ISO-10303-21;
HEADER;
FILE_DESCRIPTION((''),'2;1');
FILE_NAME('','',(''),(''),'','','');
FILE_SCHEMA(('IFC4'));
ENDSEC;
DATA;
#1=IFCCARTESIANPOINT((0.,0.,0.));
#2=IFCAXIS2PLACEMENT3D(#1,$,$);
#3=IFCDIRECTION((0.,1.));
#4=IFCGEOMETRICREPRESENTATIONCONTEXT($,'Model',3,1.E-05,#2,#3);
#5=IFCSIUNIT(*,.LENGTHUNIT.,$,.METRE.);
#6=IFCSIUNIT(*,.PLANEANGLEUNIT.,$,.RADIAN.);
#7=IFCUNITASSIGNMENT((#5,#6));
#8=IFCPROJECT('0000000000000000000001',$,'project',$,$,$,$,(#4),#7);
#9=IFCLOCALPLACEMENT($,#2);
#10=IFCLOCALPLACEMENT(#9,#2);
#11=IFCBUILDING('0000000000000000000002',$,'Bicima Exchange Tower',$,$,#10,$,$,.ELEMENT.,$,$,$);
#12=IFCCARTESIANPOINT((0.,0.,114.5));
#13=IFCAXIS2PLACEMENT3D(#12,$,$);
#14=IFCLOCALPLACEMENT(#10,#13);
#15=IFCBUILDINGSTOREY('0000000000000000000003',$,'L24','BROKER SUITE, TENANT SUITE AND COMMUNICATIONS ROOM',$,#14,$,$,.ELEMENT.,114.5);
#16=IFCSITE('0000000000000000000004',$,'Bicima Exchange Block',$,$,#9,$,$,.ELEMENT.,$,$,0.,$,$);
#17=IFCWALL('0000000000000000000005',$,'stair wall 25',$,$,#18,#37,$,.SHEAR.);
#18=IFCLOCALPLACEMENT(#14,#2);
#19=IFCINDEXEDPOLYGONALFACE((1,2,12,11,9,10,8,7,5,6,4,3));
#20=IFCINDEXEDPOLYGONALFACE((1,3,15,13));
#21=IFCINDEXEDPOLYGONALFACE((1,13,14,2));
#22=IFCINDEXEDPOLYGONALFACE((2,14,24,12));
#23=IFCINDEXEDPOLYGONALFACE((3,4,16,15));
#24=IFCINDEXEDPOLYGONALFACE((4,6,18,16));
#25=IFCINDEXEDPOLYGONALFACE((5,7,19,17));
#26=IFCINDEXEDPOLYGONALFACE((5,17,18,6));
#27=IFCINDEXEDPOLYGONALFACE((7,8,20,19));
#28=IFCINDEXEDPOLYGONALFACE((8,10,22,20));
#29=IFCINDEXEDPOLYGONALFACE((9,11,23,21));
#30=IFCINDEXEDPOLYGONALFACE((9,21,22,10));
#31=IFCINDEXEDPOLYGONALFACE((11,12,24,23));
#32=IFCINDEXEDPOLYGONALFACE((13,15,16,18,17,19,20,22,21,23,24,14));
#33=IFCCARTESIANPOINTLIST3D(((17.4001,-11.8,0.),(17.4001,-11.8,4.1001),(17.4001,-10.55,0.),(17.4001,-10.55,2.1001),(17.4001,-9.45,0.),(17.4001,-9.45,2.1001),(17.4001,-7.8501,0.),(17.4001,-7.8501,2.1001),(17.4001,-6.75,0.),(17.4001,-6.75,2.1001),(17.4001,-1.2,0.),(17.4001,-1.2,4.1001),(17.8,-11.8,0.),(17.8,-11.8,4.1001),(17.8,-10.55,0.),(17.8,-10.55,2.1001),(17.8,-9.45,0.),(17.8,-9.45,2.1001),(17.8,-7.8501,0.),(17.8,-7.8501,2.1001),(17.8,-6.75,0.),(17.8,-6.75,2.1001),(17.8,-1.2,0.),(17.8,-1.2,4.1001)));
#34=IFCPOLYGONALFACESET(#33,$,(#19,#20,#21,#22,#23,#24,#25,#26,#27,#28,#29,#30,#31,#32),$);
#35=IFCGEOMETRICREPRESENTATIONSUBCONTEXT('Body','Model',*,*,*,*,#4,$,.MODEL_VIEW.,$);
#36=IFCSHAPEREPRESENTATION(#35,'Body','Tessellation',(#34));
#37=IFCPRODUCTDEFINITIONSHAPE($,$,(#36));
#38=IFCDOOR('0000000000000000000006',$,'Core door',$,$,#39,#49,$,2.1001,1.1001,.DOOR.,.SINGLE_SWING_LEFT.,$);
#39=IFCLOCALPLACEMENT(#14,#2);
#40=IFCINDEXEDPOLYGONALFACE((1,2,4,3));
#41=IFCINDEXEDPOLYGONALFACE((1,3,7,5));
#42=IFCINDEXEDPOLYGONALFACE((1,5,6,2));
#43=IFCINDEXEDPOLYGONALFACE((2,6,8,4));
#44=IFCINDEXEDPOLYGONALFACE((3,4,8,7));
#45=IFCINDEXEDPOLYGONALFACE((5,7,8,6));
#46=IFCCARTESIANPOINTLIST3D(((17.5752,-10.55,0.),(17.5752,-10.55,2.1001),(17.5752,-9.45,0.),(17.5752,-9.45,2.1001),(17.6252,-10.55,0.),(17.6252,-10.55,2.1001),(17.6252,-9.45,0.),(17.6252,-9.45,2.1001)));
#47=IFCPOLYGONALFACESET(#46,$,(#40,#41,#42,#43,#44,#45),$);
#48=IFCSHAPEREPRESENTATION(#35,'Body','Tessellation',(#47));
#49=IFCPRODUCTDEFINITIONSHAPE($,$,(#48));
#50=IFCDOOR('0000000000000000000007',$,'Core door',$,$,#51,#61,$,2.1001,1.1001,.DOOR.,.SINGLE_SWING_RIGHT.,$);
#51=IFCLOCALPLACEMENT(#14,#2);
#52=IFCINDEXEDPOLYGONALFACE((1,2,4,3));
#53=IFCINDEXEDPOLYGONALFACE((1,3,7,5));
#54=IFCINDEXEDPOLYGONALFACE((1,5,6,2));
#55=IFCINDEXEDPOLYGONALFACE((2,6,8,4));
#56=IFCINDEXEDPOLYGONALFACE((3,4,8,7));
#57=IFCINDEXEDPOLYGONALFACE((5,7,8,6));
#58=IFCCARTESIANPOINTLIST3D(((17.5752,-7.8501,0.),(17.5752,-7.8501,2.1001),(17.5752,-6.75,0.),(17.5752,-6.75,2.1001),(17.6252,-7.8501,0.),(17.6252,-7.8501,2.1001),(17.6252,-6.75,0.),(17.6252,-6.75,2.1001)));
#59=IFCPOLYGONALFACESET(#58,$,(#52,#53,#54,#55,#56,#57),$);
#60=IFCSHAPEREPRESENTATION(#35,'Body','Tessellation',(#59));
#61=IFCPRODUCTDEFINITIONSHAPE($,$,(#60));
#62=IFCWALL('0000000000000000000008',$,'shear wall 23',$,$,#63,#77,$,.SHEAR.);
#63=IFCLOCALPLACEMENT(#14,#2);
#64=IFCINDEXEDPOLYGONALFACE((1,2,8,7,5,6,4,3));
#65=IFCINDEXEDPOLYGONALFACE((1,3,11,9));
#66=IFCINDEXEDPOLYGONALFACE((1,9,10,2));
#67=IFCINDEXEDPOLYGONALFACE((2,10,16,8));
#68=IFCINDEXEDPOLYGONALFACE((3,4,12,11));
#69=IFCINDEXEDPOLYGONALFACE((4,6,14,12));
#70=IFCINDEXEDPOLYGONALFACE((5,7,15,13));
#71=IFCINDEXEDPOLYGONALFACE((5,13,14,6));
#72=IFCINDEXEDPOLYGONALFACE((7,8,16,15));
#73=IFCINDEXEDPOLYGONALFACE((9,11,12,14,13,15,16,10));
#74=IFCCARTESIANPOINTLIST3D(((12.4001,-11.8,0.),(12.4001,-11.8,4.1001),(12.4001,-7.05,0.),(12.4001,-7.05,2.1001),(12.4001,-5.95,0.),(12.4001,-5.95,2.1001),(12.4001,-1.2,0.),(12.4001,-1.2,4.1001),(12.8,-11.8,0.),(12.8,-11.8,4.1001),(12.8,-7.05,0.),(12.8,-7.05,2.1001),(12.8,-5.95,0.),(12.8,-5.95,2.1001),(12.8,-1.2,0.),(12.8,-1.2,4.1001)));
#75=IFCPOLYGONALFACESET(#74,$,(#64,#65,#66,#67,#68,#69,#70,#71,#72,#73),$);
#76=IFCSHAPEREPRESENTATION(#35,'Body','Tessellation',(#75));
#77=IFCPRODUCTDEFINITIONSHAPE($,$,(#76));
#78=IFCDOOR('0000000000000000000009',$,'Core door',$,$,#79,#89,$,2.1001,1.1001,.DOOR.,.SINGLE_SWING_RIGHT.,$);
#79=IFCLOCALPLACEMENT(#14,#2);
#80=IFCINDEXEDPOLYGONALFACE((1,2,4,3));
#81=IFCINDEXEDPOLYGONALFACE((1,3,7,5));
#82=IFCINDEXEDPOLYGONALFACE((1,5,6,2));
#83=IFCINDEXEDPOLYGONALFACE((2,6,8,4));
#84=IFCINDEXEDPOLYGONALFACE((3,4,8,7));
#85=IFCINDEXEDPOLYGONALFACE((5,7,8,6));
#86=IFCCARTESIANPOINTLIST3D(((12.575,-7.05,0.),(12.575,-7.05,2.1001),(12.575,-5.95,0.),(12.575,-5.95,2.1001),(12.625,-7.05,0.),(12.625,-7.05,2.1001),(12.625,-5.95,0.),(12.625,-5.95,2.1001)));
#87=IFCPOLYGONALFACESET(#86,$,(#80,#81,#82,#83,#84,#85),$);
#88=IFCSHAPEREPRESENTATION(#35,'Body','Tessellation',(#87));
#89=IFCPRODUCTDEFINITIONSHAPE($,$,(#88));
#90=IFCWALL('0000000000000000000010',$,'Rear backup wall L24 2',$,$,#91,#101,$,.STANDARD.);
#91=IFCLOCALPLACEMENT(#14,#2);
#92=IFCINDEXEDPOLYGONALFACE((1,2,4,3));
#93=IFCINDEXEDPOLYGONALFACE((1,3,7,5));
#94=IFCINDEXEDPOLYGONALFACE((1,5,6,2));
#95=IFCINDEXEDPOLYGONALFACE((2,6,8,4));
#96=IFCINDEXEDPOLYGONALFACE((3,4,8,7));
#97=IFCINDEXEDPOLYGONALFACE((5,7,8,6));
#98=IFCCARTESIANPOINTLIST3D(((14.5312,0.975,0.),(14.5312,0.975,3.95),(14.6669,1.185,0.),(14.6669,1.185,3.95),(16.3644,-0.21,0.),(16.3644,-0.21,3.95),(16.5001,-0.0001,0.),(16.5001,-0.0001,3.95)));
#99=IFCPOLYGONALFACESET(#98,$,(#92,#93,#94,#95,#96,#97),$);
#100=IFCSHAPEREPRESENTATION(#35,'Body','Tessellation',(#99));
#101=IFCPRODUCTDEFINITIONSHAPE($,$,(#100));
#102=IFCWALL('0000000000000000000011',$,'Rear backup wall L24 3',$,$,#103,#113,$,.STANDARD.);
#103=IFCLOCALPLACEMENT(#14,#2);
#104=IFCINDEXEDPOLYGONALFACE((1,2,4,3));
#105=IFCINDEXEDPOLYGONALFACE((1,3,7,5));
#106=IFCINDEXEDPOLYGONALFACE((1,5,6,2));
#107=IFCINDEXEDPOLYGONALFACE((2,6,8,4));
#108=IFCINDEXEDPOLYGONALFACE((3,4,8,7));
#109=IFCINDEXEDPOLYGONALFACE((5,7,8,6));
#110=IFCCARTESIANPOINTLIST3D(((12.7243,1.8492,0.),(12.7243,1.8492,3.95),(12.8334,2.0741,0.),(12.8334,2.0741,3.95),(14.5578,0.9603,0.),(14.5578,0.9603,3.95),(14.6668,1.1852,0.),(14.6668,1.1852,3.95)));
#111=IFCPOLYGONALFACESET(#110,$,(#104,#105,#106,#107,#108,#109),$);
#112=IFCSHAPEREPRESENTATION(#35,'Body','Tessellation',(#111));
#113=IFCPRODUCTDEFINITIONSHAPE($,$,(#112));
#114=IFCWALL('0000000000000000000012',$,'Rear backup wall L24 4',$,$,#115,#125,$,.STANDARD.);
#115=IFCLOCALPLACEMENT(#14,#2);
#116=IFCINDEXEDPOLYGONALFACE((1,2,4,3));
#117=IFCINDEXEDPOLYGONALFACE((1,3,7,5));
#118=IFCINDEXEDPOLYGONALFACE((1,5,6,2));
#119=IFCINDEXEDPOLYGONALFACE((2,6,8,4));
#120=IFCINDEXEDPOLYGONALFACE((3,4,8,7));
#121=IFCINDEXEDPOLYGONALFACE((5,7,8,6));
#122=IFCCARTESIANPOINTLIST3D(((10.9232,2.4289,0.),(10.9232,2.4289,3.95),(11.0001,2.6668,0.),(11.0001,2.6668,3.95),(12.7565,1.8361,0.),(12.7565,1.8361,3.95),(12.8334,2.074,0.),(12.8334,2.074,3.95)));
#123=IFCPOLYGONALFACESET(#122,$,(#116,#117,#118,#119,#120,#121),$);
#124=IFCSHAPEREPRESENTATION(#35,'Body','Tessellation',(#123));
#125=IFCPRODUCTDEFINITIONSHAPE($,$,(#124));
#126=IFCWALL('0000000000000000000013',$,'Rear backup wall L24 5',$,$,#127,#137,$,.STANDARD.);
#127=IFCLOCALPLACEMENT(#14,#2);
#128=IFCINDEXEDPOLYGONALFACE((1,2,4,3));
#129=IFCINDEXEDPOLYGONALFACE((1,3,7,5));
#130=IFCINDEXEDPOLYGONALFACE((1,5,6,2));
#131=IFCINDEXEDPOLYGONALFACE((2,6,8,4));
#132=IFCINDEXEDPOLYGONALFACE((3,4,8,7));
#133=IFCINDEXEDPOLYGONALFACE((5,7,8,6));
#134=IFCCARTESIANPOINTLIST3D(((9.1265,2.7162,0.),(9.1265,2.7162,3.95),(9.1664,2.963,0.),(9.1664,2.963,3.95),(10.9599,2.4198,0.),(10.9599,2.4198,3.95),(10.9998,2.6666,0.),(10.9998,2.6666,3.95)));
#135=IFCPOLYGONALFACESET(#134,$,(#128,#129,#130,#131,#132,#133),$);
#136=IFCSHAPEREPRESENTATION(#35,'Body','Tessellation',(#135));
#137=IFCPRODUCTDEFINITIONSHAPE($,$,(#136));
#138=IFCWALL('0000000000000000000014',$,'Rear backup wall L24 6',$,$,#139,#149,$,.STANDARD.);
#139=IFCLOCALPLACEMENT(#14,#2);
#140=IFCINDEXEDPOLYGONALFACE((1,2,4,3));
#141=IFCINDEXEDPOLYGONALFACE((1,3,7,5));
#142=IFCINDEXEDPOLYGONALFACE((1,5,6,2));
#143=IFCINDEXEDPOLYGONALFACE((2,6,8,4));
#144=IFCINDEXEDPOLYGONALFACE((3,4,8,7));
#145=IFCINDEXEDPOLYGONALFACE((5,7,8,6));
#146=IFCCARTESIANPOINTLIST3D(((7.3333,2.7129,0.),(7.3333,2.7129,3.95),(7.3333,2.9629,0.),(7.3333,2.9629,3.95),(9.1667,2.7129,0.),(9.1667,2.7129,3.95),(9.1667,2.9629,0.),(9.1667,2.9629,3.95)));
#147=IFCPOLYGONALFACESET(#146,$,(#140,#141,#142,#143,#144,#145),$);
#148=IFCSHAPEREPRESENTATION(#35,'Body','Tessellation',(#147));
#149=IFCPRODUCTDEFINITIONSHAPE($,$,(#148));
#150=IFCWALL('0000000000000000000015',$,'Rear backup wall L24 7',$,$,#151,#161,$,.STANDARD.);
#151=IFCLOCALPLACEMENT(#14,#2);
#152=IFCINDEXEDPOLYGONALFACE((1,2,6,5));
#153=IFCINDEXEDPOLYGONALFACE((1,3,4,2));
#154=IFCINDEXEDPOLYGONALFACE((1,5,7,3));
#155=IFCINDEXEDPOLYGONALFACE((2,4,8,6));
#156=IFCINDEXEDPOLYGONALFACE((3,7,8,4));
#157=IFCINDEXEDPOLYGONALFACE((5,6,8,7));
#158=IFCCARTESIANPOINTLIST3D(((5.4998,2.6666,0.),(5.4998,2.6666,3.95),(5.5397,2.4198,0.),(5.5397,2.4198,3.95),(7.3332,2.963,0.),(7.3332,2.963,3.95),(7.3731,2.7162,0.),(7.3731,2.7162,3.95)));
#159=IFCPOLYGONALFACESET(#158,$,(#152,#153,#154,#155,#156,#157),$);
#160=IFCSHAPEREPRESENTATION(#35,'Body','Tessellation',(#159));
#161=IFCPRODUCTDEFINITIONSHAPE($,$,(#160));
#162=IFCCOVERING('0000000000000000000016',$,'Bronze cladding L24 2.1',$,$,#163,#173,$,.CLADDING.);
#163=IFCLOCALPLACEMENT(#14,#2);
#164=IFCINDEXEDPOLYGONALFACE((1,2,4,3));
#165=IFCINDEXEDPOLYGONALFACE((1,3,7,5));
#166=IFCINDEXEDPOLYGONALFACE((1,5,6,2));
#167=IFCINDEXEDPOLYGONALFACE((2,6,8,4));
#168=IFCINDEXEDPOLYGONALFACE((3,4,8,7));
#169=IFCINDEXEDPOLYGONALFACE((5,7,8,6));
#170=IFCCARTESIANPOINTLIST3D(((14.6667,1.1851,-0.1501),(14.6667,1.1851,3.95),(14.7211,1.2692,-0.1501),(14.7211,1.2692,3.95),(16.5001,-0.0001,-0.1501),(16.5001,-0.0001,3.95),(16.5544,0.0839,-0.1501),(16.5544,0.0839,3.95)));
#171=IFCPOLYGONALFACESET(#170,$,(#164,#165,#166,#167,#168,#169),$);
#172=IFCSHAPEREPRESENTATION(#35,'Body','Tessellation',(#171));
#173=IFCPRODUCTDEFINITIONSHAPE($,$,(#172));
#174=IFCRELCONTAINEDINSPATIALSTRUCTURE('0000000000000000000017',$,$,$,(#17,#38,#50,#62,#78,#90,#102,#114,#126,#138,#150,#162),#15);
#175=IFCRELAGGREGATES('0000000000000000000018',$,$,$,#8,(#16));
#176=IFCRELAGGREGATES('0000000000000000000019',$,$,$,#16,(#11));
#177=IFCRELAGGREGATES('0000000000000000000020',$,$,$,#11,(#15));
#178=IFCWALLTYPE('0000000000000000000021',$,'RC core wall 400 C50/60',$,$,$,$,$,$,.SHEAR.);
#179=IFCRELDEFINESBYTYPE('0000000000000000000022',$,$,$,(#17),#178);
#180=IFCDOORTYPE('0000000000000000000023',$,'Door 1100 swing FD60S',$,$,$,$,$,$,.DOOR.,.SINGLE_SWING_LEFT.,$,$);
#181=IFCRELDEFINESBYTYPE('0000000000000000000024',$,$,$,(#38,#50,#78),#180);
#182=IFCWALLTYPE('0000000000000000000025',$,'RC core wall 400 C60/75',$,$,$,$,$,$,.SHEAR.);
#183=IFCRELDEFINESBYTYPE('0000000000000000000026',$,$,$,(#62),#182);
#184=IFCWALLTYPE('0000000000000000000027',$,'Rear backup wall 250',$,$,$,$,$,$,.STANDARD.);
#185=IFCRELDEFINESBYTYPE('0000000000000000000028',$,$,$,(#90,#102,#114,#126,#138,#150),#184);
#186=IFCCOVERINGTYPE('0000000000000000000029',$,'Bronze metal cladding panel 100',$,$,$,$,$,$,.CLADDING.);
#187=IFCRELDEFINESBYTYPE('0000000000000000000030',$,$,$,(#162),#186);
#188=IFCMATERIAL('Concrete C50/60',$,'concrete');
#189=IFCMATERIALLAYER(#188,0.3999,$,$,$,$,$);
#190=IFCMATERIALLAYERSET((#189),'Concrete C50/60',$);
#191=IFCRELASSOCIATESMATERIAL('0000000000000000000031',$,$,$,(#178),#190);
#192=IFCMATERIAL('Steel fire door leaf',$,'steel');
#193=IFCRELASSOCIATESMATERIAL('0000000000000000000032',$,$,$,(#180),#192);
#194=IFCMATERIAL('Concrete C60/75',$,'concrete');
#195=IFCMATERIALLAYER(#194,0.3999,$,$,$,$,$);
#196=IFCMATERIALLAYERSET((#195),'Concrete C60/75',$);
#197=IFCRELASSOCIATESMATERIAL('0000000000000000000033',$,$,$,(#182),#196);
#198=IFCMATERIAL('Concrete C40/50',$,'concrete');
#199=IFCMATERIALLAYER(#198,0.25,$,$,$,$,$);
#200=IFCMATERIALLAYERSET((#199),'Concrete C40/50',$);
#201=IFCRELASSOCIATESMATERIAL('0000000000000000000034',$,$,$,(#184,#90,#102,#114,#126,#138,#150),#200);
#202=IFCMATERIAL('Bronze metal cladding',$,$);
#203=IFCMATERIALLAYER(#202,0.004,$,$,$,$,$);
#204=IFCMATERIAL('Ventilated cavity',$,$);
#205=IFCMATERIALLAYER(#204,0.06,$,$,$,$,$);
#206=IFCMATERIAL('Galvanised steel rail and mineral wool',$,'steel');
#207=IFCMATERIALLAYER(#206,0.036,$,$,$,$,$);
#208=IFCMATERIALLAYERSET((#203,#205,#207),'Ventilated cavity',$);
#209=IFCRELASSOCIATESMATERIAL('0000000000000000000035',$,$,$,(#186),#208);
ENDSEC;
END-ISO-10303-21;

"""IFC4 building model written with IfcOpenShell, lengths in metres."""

from ifc_helpers import new_model, si_unit, direction, frame, frame_2d, origin, origin_2d, place, context, subcontext, project, spatial, rectangle, extrude, material, layer, layer_set, layer_usage, type_object, element, fill, save


model = new_model("IFC4")

# Units and contexts
model_context = context("Model", 3, precision=1e-05, world=origin(), true_north=direction((0.0, 1.0)))
body_context = subcontext(model_context, "Body", "Model", "MODEL_VIEW")
ifc_project = project(units=[si_unit("LENGTHUNIT", "METRE"), si_unit("PLANEANGLEUNIT", "RADIAN")], contexts=[model_context])

# Site, building, storey
site_placement = place(None, origin())
site = spatial("IfcSite", under=ifc_project, at=site_placement, Name="Bicima Exchange Block", CompositionType="ELEMENT", RefElevation=0.0)
building_placement = place(site_placement, origin())
building = spatial("IfcBuilding", under=site, at=building_placement, Name="Bicima Exchange Tower", CompositionType="ELEMENT")
storey_placement = place(building_placement, frame((0.0, 0.0, 114.5)))
storey = spatial("IfcBuildingStorey", under=building, at=storey_placement, Name="L24", Description="BROKER SUITE, TENANT SUITE AND COMMUNICATIONS ROOM", CompositionType="ELEMENT", Elevation=114.5)

# Wall, openings, doors
ifc_material_1 = material(Name="Concrete C50/60", Category="concrete")
ifc_layer_1 = layer(ifc_material_1, 0.3999)
ifc_layer_set_1 = layer_set([ifc_layer_1], Name="Concrete C50/60")
wall_type_1 = type_object("IfcWallType", Name="RC core wall 400 C50/60", PredefinedType="SHEAR", material=ifc_layer_set_1)
wall_1_placement = place(storey_placement, frame((17.6001, -11.8, 0.0), z_axis=(0.0, 0.0, 1.0), x_axis=(0.0, 1.0, 0.0)))
wall_1 = element("IfcWall", 1, at=wall_1_placement, inside=storey, type_object=wall_type_1, Name="stair wall 25", PredefinedType="SHEAR", context=body_context, shape_type="SweptSolid", body=[
    extrude(rectangle(XDim=10.6001, YDim=0.3999, at=frame_2d((5.3, 0.0))), origin(), (0.0, 0.0, 1.0), 4.1001),
])
opening_1_placement = place(wall_1_placement, frame((1.25, 0.0, 0.0)))
opening_1 = element("IfcOpeningElement", 2, at=opening_1_placement, cuts=wall_1, PredefinedType="OPENING", context=body_context, shape_type="SweptSolid", body=[
    extrude(rectangle(XDim=1.1001, YDim=2.1001, at=frame_2d((0.55, 1.05))), frame((0.0, 0.2119, 0.0), z_axis=(0.0, -1.0, 0.0), x_axis=(1.0, 0.0, 0.0)), (0.0, 0.0, 1.0), 0.4238),
])
opening_2_placement = place(wall_1_placement, frame((3.95, 0.0, 0.0)))
opening_2 = element("IfcOpeningElement", 3, at=opening_2_placement, cuts=wall_1, PredefinedType="OPENING", context=body_context, shape_type="SweptSolid", body=[
    extrude(rectangle(XDim=1.1001, YDim=2.1001, at=frame_2d((0.55, 1.05))), frame((0.0, 0.2119, 0.0), z_axis=(0.0, -1.0, 0.0), x_axis=(1.0, 0.0, 0.0)), (0.0, 0.0, 1.0), 0.4238),
])
ifc_material_2 = material(Name="Steel fire door leaf", Category="steel")
door_type = type_object("IfcDoorType", Name="Door 1100 swing FD60S", OperationType="SINGLE_SWING_LEFT", PredefinedType="DOOR", material=ifc_material_2)
door_1_placement = place(opening_1_placement, origin())
door_1 = element("IfcDoor", 4, at=door_1_placement, inside=storey, type_object=door_type, Name="Core door", OperationType="SINGLE_SWING_LEFT", OverallHeight=2.1001, OverallWidth=1.1001, PredefinedType="DOOR", context=body_context, shape_type="SweptSolid", body=[
    extrude(rectangle(XDim=1.1001, YDim=2.1001, at=frame_2d((0.55, 1.05))), frame((0.0, 0.0249, 0.0), z_axis=(0.0, -1.0, 0.0), x_axis=(1.0, 0.0, 0.0)), (0.0, 0.0, 1.0), 0.05),
])
fill(opening_1, door_1)
door_2_placement = place(opening_2_placement, origin())
door_2 = element("IfcDoor", 5, at=door_2_placement, inside=storey, type_object=door_type, Name="Core door", OperationType="SINGLE_SWING_RIGHT", OverallHeight=2.1001, OverallWidth=1.1001, PredefinedType="DOOR", context=body_context, shape_type="SweptSolid", body=[
    extrude(rectangle(XDim=1.1001, YDim=2.1001, at=frame_2d((0.55, 1.05))), frame((0.0, 0.0249, 0.0), z_axis=(0.0, -1.0, 0.0), x_axis=(1.0, 0.0, 0.0)), (0.0, 0.0, 1.0), 0.05),
])
fill(opening_2, door_2)

# Wall, opening, door
ifc_material_3 = material(Name="Concrete C60/75", Category="concrete")
ifc_layer_2 = layer(ifc_material_3, 0.3999)
ifc_layer_set_2 = layer_set([ifc_layer_2], Name="Concrete C60/75")
wall_type_2 = type_object("IfcWallType", Name="RC core wall 400 C60/75", PredefinedType="SHEAR", material=ifc_layer_set_2)
wall_2_placement = place(storey_placement, frame((12.6001, -11.8, 0.0), z_axis=(0.0, 0.0, 1.0), x_axis=(0.0, 1.0, 0.0)))
wall_2 = element("IfcWall", 6, at=wall_2_placement, inside=storey, type_object=wall_type_2, Name="shear wall 23", PredefinedType="SHEAR", context=body_context, shape_type="SweptSolid", body=[
    extrude(rectangle(XDim=10.6001, YDim=0.3999, at=frame_2d((5.3, 0.0))), origin(), (0.0, 0.0, 1.0), 4.1001),
])
opening_3_placement = place(wall_2_placement, frame((4.75, 0.0, 0.0)))
opening_3 = element("IfcOpeningElement", 7, at=opening_3_placement, cuts=wall_2, PredefinedType="OPENING", context=body_context, shape_type="SweptSolid", body=[
    extrude(rectangle(XDim=1.1001, YDim=2.1001, at=frame_2d((0.55, 1.05))), frame((0.0, 0.2119, 0.0), z_axis=(0.0, -1.0, 0.0), x_axis=(1.0, 0.0, 0.0)), (0.0, 0.0, 1.0), 0.4238),
])
door_3_placement = place(opening_3_placement, frame((1.1001, 0.0, 0.0), z_axis=(0.0, 0.0, 1.0), x_axis=(-1.0, 0.0, 0.0)))
door_3 = element("IfcDoor", 8, at=door_3_placement, inside=storey, type_object=door_type, Name="Core door", OperationType="SINGLE_SWING_RIGHT", OverallHeight=2.1001, OverallWidth=1.1001, PredefinedType="DOOR", context=body_context, shape_type="SweptSolid", body=[
    extrude(rectangle(XDim=1.1001, YDim=2.1001, at=frame_2d((0.55, 1.05))), frame((0.0, 0.0249, 0.0), z_axis=(0.0, -1.0, 0.0), x_axis=(1.0, 0.0, 0.0)), (0.0, 0.0, 1.0), 0.05),
])
fill(opening_3, door_3)

# Walls
ifc_material_4 = material(Name="Concrete C40/50", Category="concrete")
ifc_layer_3 = layer(ifc_material_4, 0.25)
ifc_layer_set_3 = layer_set([ifc_layer_3], Name="Concrete C40/50")
ifc_layer_usage = layer_usage(ifc_layer_set_3, "AXIS2", "POSITIVE", -0.125)
wall_type_3 = type_object("IfcWallType", Name="Rear backup wall 250", PredefinedType="STANDARD", material=ifc_layer_set_3)
wall_3_placement = place(storey_placement, frame((16.4321, -0.105, 0.0), z_axis=(0.0, 0.0, 1.0), x_axis=(-0.839813, 0.542876, 0.0)))
element("IfcWall", 9, at=wall_3_placement, inside=storey, type_object=wall_type_3, material=ifc_layer_usage, Name="Rear backup wall L24 2", PredefinedType="STANDARD", context=body_context, shape_type="SweptSolid", body=[
    extrude(rectangle(XDim=2.1829, YDim=0.25, at=frame_2d((1.0913, 0.0))), origin(), (0.0, 0.0, 1.0), 3.95),
])
wall_4_placement = place(storey_placement, frame((14.6123, 1.0728, 0.0), z_axis=(0.0, 0.0, 1.0), x_axis=(-0.899824, 0.436253, 0.0)))
element("IfcWall", 10, at=wall_4_placement, inside=storey, type_object=wall_type_3, material=ifc_layer_usage, Name="Rear backup wall L24 3", PredefinedType="STANDARD", context=body_context, shape_type="SweptSolid", body=[
    extrude(rectangle(XDim=2.0376, YDim=0.25, at=frame_2d((1.0188, 0.0))), origin(), (0.0, 0.0, 1.0), 3.95),
])
wall_5_placement = place(storey_placement, frame((12.7949, 1.9551, 0.0), z_axis=(0.0, 0.0, 1.0), x_axis=(-0.951496, 0.307662, 0.0)))
element("IfcWall", 11, at=wall_5_placement, inside=storey, type_object=wall_type_3, material=ifc_layer_usage, Name="Rear backup wall L24 4", PredefinedType="STANDARD", context=body_context, shape_type="SweptSolid", body=[
    extrude(rectangle(XDim=1.9268, YDim=0.25, at=frame_2d((0.9634, 0.0))), origin(), (0.0, 0.0, 1.0), 3.95),
])
wall_6_placement = place(storey_placement, frame((10.98, 2.5432, 0.0), z_axis=(0.0, 0.0, 1.0), x_axis=(-0.987182, 0.1596, 0.0)))
element("IfcWall", 12, at=wall_6_placement, inside=storey, type_object=wall_type_3, material=ifc_layer_usage, Name="Rear backup wall L24 5", PredefinedType="STANDARD", context=body_context, shape_type="SweptSolid", body=[
    extrude(rectangle(XDim=1.8572, YDim=0.25, at=frame_2d((0.9287, 0.0))), origin(), (0.0, 0.0, 1.0), 3.95),
])
wall_7_placement = place(storey_placement, frame((9.1667, 2.8379, 0.0), z_axis=(0.0, 0.0, 1.0), x_axis=(-1.0, 0.0, 0.0)))
element("IfcWall", 13, at=wall_7_placement, inside=storey, type_object=wall_type_3, material=ifc_layer_usage, Name="Rear backup wall L24 6", PredefinedType="STANDARD", context=body_context, shape_type="SweptSolid", body=[
    extrude(rectangle(XDim=1.8335, YDim=0.25, at=frame_2d((0.9167, 0.0))), origin(), (0.0, 0.0, 1.0), 3.95),
])
wall_8_placement = place(storey_placement, frame((7.3533, 2.8396, 0.0), z_axis=(0.0, 0.0, 1.0), x_axis=(-0.987182, -0.1596, 0.0)))
element("IfcWall", 14, at=wall_8_placement, inside=storey, type_object=wall_type_3, material=ifc_layer_usage, Name="Rear backup wall L24 7", PredefinedType="STANDARD", context=body_context, shape_type="SweptSolid", body=[
    extrude(rectangle(XDim=1.8572, YDim=0.25, at=frame_2d((0.9287, 0.0))), origin(), (0.0, 0.0, 1.0), 3.95),
])

# Covering
ifc_material_5 = material(Name="Bronze metal cladding")
ifc_layer_4 = layer(ifc_material_5, 0.004)
ifc_material_6 = material(Name="Ventilated cavity")
ifc_layer_5 = layer(ifc_material_6, 0.06)
ifc_material_7 = material(Name="Galvanised steel rail and mineral wool", Category="steel")
ifc_layer_6 = layer(ifc_material_7, 0.036)
ifc_layer_set_4 = layer_set([ifc_layer_4, ifc_layer_5, ifc_layer_6], Name="Ventilated cavity")
covering_type = type_object("IfcCoveringType", Name="Bronze metal cladding panel 100", PredefinedType="CLADDING", material=ifc_layer_set_4)
covering_1_placement = place(storey_placement, frame((15.6106, 0.6345, -0.1501), z_axis=(0.0, 0.0, 1.0), x_axis=(-0.83979, 0.542911, 0.0)))
element("IfcCovering", 15, at=covering_1_placement, inside=storey, type_object=covering_type, Name="Bronze cladding L24 2.1", PredefinedType="CLADDING", context=body_context, shape_type="SweptSolid", body=[
    extrude(rectangle(XDim=2.1831, YDim=0.1001, at=origin_2d()), origin(), (0.0, 0.0, 1.0), 4.1001),
])

save(model, "model.ifc")
